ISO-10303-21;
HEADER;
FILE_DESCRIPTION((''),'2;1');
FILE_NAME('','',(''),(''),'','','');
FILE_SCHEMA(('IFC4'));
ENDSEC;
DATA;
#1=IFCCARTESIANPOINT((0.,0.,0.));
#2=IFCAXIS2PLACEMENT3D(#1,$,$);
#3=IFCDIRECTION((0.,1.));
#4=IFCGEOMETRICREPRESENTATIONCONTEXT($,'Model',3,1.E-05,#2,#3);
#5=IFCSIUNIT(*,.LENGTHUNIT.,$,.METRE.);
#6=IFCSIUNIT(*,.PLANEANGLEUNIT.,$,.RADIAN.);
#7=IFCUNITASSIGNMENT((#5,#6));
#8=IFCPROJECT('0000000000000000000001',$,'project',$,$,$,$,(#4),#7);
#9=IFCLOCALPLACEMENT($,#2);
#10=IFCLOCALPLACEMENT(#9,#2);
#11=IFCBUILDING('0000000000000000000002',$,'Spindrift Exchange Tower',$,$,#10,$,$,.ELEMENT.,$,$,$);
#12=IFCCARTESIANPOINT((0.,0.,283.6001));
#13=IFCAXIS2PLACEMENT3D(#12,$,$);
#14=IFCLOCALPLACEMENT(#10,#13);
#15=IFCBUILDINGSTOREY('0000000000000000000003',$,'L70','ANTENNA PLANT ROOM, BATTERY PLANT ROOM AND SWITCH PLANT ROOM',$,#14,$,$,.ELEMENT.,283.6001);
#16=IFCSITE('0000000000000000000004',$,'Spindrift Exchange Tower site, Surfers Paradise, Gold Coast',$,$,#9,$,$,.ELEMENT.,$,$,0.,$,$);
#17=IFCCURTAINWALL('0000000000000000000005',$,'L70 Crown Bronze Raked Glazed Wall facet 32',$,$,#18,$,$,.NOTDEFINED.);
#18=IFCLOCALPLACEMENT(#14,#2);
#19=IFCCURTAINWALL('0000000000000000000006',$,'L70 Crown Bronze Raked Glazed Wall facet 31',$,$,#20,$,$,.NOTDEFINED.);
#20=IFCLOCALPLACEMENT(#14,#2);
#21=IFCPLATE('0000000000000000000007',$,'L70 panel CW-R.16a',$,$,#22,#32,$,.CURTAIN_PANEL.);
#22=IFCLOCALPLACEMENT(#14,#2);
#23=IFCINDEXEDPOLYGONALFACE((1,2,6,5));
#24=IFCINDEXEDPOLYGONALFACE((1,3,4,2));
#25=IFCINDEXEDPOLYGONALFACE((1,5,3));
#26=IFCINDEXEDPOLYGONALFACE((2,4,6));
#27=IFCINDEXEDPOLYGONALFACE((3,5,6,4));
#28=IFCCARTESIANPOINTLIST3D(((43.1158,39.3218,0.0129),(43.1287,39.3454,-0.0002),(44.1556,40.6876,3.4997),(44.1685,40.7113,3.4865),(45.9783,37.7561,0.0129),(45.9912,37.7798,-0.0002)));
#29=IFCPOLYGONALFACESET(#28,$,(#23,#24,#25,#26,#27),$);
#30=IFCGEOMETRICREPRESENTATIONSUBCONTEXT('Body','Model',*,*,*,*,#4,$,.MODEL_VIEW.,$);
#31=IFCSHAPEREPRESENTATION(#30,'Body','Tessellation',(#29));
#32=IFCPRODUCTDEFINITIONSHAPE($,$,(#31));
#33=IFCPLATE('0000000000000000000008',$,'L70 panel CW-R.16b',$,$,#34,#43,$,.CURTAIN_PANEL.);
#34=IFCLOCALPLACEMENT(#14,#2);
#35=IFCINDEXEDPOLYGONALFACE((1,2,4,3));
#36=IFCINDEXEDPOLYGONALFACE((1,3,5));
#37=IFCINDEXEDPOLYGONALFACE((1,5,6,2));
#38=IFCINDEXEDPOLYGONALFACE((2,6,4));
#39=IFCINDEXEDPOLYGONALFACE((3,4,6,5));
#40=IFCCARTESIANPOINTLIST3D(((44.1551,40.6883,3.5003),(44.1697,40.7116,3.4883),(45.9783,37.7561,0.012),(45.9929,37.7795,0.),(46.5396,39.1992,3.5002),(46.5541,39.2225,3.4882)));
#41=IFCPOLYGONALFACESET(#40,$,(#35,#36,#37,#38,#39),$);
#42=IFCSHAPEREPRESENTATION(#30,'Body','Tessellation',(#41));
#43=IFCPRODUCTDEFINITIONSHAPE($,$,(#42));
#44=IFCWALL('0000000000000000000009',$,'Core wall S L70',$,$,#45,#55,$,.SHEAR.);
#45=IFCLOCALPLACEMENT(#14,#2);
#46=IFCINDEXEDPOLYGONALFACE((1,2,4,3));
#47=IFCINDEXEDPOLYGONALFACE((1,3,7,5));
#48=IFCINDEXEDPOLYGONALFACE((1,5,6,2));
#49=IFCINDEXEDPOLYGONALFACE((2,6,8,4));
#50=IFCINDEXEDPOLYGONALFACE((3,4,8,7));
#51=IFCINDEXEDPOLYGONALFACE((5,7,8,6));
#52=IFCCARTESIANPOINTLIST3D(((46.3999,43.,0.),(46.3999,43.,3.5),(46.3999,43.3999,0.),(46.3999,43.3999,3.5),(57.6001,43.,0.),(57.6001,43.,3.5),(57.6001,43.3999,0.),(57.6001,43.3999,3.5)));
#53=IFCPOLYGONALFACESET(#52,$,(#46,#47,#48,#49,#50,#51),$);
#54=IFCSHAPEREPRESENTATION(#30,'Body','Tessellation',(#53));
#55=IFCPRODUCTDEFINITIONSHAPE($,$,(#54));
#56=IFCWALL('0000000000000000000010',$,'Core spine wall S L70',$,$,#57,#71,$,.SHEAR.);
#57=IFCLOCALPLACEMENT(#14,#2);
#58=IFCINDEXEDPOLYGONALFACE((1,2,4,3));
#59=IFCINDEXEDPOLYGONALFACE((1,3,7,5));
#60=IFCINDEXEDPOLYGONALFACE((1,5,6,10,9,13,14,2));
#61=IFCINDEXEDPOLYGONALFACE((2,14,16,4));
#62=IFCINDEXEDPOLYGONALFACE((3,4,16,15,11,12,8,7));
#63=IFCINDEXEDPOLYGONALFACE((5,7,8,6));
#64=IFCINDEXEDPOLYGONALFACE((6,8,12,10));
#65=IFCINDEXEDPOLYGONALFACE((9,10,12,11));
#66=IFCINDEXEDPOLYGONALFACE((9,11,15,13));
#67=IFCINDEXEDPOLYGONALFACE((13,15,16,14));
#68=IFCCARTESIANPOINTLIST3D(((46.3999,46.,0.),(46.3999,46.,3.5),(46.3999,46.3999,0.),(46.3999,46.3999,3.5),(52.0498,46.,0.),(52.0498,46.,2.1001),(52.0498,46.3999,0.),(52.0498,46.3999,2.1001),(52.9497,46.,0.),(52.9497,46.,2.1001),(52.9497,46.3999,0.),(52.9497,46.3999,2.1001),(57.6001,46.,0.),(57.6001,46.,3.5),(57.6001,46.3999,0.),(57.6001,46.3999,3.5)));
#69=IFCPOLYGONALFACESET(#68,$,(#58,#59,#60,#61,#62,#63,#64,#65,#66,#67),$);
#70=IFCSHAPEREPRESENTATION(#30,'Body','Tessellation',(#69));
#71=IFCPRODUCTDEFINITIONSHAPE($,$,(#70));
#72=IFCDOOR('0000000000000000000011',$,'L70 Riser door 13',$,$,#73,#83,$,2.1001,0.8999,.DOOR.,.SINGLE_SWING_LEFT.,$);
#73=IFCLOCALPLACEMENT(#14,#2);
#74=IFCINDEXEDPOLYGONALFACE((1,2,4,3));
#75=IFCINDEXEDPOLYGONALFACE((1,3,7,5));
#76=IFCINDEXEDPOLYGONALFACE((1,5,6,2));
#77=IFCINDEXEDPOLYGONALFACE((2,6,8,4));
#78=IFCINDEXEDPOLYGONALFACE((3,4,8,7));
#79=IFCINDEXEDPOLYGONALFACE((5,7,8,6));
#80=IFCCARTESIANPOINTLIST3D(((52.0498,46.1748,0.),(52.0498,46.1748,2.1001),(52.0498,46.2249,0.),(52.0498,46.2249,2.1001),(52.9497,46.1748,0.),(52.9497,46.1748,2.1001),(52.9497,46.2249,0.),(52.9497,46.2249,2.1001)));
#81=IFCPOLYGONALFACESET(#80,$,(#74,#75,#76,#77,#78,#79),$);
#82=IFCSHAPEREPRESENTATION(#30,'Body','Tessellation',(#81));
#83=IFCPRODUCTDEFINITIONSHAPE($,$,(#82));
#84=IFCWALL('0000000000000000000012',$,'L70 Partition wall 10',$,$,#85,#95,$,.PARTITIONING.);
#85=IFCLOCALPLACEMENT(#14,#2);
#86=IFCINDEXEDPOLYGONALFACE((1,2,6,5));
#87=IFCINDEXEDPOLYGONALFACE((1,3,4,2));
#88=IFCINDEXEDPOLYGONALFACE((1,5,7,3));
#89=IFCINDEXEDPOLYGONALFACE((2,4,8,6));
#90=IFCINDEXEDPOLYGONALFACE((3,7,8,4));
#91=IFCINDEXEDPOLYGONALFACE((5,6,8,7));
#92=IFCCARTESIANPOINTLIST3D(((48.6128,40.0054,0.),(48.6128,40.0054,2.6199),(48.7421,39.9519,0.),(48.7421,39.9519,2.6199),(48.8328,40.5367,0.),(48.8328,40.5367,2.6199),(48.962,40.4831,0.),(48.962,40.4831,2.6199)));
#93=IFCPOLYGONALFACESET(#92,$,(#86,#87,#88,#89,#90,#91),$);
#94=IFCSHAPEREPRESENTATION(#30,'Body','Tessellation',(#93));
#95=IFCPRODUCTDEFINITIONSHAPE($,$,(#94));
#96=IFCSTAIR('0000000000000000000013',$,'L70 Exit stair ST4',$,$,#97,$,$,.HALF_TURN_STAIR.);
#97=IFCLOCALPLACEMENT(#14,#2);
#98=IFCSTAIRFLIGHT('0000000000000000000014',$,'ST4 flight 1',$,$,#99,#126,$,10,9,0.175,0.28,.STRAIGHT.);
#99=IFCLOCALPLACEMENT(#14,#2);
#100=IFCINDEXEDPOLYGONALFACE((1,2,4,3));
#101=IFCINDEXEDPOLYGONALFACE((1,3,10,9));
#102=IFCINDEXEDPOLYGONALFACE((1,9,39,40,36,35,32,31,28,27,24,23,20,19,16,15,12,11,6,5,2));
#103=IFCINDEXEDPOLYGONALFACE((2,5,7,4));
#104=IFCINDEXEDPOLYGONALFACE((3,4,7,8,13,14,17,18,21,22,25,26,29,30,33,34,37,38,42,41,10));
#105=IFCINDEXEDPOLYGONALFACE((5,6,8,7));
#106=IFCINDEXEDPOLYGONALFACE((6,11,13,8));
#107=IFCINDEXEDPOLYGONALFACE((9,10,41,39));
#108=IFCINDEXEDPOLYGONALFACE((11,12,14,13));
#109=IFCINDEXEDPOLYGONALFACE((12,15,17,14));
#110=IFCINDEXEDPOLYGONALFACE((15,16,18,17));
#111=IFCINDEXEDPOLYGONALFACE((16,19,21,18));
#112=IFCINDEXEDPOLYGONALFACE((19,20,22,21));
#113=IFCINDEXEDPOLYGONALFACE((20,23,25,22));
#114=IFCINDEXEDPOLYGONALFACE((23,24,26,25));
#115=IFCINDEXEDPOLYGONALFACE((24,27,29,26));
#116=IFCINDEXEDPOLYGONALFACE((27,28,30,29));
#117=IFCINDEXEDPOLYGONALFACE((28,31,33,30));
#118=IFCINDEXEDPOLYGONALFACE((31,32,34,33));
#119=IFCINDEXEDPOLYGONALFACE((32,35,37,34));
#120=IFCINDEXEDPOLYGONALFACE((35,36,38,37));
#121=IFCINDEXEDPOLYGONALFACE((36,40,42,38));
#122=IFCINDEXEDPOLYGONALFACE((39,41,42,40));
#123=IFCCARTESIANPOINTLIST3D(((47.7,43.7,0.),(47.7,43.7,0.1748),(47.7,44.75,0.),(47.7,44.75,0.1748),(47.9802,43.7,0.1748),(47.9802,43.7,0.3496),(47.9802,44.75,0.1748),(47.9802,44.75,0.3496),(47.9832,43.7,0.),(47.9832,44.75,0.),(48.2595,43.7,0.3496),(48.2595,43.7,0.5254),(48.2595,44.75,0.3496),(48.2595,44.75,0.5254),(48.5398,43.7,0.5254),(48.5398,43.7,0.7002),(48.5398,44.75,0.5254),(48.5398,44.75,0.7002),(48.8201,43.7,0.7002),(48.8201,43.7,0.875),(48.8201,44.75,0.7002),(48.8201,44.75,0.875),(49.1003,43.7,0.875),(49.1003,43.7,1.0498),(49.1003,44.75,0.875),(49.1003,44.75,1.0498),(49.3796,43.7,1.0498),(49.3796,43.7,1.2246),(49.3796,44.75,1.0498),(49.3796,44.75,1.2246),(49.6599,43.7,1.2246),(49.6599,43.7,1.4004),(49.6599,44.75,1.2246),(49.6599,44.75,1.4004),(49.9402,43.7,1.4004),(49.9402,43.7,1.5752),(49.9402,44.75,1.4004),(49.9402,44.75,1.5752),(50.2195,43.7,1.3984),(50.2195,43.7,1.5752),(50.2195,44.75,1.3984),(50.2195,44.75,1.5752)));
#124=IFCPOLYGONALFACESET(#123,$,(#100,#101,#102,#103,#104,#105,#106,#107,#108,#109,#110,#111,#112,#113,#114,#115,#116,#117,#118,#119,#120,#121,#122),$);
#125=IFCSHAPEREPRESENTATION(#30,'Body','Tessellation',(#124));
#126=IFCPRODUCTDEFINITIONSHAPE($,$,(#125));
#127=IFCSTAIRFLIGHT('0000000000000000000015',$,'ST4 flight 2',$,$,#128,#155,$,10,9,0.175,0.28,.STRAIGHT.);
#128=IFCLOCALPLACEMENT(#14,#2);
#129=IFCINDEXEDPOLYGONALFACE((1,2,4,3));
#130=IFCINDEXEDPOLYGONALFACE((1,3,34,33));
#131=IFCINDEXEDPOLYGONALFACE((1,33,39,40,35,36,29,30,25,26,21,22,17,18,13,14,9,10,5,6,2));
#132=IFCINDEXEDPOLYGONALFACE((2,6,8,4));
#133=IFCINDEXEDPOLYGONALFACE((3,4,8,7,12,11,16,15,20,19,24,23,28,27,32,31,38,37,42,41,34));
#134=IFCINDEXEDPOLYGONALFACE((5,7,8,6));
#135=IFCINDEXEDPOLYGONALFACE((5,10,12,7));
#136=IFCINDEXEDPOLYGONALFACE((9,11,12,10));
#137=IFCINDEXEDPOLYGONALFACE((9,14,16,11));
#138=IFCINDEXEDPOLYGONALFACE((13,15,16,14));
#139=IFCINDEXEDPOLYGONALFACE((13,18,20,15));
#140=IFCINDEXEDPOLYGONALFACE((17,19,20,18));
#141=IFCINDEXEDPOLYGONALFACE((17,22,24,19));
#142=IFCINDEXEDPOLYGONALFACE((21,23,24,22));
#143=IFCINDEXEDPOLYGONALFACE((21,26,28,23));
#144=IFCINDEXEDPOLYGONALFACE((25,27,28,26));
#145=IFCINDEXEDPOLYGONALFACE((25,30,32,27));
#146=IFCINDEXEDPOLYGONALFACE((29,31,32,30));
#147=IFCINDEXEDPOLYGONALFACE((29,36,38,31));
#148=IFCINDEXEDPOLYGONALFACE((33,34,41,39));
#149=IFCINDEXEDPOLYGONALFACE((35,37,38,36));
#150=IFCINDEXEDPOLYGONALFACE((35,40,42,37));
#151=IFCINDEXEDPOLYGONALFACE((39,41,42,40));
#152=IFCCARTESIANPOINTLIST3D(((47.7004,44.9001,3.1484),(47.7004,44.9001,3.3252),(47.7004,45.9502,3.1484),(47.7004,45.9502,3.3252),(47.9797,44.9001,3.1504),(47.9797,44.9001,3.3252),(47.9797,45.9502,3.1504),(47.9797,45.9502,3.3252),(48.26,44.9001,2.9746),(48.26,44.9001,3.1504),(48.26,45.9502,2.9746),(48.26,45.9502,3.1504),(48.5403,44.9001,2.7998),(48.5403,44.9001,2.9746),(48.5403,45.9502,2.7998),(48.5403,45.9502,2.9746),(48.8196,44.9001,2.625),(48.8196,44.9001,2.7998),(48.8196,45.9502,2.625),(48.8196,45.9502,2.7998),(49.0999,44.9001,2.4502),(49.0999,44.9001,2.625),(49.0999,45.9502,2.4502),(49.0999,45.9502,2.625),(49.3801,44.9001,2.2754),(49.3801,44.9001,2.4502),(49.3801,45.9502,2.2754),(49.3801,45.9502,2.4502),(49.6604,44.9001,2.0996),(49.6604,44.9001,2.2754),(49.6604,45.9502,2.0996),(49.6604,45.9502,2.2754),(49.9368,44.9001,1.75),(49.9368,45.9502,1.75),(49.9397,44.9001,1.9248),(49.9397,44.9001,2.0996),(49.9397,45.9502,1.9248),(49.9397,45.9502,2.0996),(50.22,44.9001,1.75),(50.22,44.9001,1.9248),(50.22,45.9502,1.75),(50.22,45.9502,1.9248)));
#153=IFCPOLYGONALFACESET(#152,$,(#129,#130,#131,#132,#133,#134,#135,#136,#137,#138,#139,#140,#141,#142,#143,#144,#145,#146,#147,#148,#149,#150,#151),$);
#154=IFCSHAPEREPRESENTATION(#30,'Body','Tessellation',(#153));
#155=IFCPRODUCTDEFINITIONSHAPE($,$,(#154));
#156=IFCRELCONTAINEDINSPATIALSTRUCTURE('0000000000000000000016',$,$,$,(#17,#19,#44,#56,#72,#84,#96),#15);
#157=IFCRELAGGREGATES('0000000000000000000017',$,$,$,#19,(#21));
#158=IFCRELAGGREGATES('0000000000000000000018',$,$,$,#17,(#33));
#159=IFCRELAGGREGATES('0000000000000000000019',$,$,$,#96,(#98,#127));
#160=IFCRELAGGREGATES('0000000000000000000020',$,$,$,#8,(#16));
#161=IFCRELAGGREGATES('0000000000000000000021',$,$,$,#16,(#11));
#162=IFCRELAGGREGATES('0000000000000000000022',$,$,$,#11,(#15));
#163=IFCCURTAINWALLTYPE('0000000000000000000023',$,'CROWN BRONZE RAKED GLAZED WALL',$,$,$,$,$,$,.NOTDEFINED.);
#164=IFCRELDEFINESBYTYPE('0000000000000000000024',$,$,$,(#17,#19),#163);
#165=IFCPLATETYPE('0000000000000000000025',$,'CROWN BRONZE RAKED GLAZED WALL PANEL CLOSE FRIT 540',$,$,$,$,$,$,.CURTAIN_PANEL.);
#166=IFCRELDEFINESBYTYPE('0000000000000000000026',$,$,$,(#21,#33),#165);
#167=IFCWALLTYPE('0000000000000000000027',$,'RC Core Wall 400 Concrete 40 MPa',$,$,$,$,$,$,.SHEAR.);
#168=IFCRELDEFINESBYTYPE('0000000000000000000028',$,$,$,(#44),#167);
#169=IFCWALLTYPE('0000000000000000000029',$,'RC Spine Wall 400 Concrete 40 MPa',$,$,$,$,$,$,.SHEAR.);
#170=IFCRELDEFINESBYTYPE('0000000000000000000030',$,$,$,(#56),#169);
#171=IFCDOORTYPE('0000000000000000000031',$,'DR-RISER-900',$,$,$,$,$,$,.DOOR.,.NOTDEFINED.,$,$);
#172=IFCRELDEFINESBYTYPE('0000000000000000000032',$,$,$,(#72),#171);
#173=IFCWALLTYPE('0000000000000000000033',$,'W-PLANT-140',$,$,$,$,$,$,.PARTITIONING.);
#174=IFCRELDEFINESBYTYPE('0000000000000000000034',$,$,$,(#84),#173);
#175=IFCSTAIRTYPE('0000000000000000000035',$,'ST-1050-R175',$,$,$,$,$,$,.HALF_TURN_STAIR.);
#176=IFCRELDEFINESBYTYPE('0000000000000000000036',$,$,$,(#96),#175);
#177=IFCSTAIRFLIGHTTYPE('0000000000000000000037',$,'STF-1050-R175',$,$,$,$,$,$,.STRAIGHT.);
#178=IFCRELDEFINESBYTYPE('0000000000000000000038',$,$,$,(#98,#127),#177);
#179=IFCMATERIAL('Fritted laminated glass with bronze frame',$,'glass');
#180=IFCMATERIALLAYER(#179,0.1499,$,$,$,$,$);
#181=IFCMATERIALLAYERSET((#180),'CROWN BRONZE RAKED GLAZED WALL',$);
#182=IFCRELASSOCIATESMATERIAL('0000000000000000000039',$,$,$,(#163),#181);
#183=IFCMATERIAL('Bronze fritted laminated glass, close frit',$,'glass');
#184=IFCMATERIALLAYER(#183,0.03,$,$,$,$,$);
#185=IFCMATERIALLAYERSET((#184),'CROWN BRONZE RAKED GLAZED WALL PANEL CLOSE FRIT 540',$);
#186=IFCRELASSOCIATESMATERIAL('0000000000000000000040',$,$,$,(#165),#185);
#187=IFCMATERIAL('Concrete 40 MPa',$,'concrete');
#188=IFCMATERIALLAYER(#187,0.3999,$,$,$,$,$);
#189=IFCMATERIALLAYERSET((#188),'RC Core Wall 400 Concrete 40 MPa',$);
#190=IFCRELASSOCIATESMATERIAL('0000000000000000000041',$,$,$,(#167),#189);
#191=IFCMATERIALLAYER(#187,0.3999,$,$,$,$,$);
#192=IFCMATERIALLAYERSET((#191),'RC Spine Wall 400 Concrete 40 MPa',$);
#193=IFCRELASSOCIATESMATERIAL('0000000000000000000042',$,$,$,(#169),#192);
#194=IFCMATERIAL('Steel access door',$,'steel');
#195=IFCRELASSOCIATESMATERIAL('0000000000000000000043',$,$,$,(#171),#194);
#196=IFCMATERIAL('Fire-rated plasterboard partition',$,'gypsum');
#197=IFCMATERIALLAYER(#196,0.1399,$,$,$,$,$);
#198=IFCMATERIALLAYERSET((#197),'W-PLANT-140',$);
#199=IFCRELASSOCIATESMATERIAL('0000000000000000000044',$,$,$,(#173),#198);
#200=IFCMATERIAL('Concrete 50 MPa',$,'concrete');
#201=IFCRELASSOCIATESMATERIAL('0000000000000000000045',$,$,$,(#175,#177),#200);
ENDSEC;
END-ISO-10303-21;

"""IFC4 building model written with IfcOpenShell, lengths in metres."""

from ifc_helpers import new_model, si_unit, direction, frame, frame_2d, origin, place, context, subcontext, project, spatial, line, indexed_curve, rectangle, outline, extrude, source, transform, mapped, material, layer, layer_set, type_object, element, fill, aggregate, save


model = new_model("IFC4")

# Units and contexts
model_context = context("Model", 3, precision=1e-05, world=origin(), true_north=direction((0.0, 1.0)))
body_context = subcontext(model_context, "Body", "Model", "MODEL_VIEW")
ifc_project = project(units=[si_unit("LENGTHUNIT", "METRE"), si_unit("PLANEANGLEUNIT", "RADIAN")], contexts=[model_context])

# Site, building, storey
site_placement = place(None, origin())
site = spatial("IfcSite", under=ifc_project, at=site_placement, Name="Spindrift Exchange Tower site, Surfers Paradise, Gold Coast", CompositionType="ELEMENT", RefElevation=0.0)
building_placement = place(site_placement, origin())
building = spatial("IfcBuilding", under=site, at=building_placement, Name="Spindrift Exchange Tower", CompositionType="ELEMENT")
storey_placement = place(building_placement, frame((0.0, 0.0, 283.6001)))
storey = spatial("IfcBuildingStorey", under=building, at=storey_placement, Name="L70", Description="ANTENNA PLANT ROOM, BATTERY PLANT ROOM AND SWITCH PLANT ROOM", CompositionType="ELEMENT", Elevation=283.6001)

# Shared definitions
ifc_material_1 = material(Name="Concrete 40 MPa", Category="concrete")

# Curtain wall
ifc_material_2 = material(Name="Fritted laminated glass with bronze frame", Category="glass")
ifc_layer_1 = layer(ifc_material_2, 0.1499)
ifc_layer_set_1 = layer_set([ifc_layer_1], Name="CROWN BRONZE RAKED GLAZED WALL")
curtain_wall_type = type_object("IfcCurtainWallType", Name="CROWN BRONZE RAKED GLAZED WALL", PredefinedType="NOTDEFINED", material=ifc_layer_set_1)
curtain_wall_1_placement = place(storey_placement, origin())
curtain_wall_1 = element("IfcCurtainWall", 1, at=curtain_wall_1_placement, inside=storey, type_object=curtain_wall_type, Name="L70 Crown Bronze Raked Glazed Wall facet 32", PredefinedType="NOTDEFINED")

# Shared definitions
ifc_material_3 = material(Name="Bronze fritted laminated glass, close frit", Category="glass")

# Curtain wall, plate
curtain_wall_2_placement = place(storey_placement, origin())
curtain_wall_2 = element("IfcCurtainWall", 2, at=curtain_wall_2_placement, inside=storey, type_object=curtain_wall_type, Name="L70 Crown Bronze Raked Glazed Wall facet 31", PredefinedType="NOTDEFINED")
ifc_layer_2 = layer(ifc_material_3, 0.03)
ifc_layer_set_2 = layer_set([ifc_layer_2], Name="CROWN BRONZE RAKED GLAZED WALL PANEL CLOSE FRIT 540")
plate_type_1 = type_object("IfcPlateType", Name="CROWN BRONZE RAKED GLAZED WALL PANEL CLOSE FRIT 540", PredefinedType="CURTAIN_PANEL", material=ifc_layer_set_2)
plate_1_placement = place(storey_placement, frame((45.9783, 37.7561, 0.0129), z_axis=(-0.431458, -0.788842, 0.437689), x_axis=(-0.877343, 0.479864, 0.0)))
plate_1 = element("IfcPlate", 3, at=plate_1_placement, type_object=plate_type_1, Name="L70 panel CW-R.16a", PredefinedType="CURTAIN_PANEL", context=body_context, shape_type="SweptSolid", body=[
    extrude(outline(indexed_curve([(0.0, 0.0), (3.2627, 0.0), (3.0059, -3.8779)], segments=[line(1, 2, 3, 1)], self_intersect=False)), origin(), (0.0, 0.0, -1.0), 0.03),
])
aggregate(curtain_wall_2, [plate_1])

# Plate
plate_2_placement = place(storey_placement, frame((45.9783, 37.7561, 0.012), z_axis=(-0.485514, -0.777475, 0.39976), x_axis=(-0.371456, 0.597403, 0.710725)))
plate_2 = element("IfcPlate", 4, at=plate_2_placement, type_object=plate_type_1, Name="L70 panel CW-R.16b", PredefinedType="CURTAIN_PANEL", context=body_context, shape_type="SweptSolid", body=[
    extrude(outline(indexed_curve([(0.0, 0.0), (4.9082, 0.0), (3.1328, -2.1797)], segments=[line(1, 2, 3, 1)], self_intersect=False)), origin(), (0.0, 0.0, -1.0), 0.03),
])
aggregate(curtain_wall_1, [plate_2])

# Wall
ifc_layer_3 = layer(ifc_material_1, 0.3999)
ifc_layer_set_3 = layer_set([ifc_layer_3], Name="RC Core Wall 400 Concrete 40 MPa")
wall_type_1 = type_object("IfcWallType", Name="RC Core Wall 400 Concrete 40 MPa", PredefinedType="SHEAR", material=ifc_layer_set_3)
wall_1_placement = place(storey_placement, frame((46.3999, 43.2, 0.0), z_axis=(0.0, 0.0, 1.0), x_axis=(1.0, 0.0, 0.0)))
element("IfcWall", 5, at=wall_1_placement, inside=storey, type_object=wall_type_1, Name="Core wall S L70", PredefinedType="SHEAR", context=body_context, shape_type="SweptSolid", body=[
    extrude(rectangle(XDim=11.2002, YDim=0.3999, at=frame_2d((5.6001, 0.0))), origin(), (0.0, 0.0, 1.0), 3.5),
])

# Wall, opening, door
ifc_layer_4 = layer(ifc_material_1, 0.3999)
ifc_layer_set_4 = layer_set([ifc_layer_4], Name="RC Spine Wall 400 Concrete 40 MPa")
wall_type_2 = type_object("IfcWallType", Name="RC Spine Wall 400 Concrete 40 MPa", PredefinedType="SHEAR", material=ifc_layer_set_4)
wall_2_placement = place(storey_placement, frame((46.3999, 46.2, 0.0), z_axis=(0.0, 0.0, 1.0), x_axis=(1.0, 0.0, 0.0)))
wall_2 = element("IfcWall", 6, at=wall_2_placement, inside=storey, type_object=wall_type_2, Name="Core spine wall S L70", PredefinedType="SHEAR", context=body_context, shape_type="SweptSolid", body=[
    extrude(rectangle(XDim=11.2002, YDim=0.3999, at=frame_2d((5.6001, 0.0))), origin(), (0.0, 0.0, 1.0), 3.5),
])
opening_placement = place(wall_2_placement, frame((5.6499, 0.0, 0.0)))
opening = element("IfcOpeningElement", 7, at=opening_placement, cuts=wall_2, PredefinedType="OPENING", context=body_context, shape_type="SweptSolid", body=[
    extrude(rectangle(XDim=0.8999, YDim=2.1001, at=frame_2d((0.45, 1.05))), frame((0.0, 0.21, 0.0), z_axis=(0.0, -1.0, 0.0), x_axis=(1.0, 0.0, 0.0)), (0.0, 0.0, 1.0), 0.4199),
])
ifc_material_4 = material(Name="Steel access door", Category="steel")
door_type = type_object("IfcDoorType", Name="DR-RISER-900", OperationType="NOTDEFINED", PredefinedType="DOOR", material=ifc_material_4)
shared_shape_1 = source(origin(), body_context, "Body", "SweptSolid", [
    extrude(rectangle(XDim=0.8999, YDim=2.1001, at=frame_2d((0.45, 1.05))), frame((0.0, 0.0249, 0.0), z_axis=(0.0, -1.0, 0.0), x_axis=(1.0, 0.0, 0.0)), (0.0, 0.0, 1.0), 0.05),
])
door_placement = place(opening_placement, origin())
door = element("IfcDoor", 8, at=door_placement, inside=storey, type_object=door_type, Name="L70 Riser door 13", OperationType="SINGLE_SWING_LEFT", OverallHeight=2.1001, OverallWidth=0.8999, PredefinedType="DOOR", context=body_context, shape_type="MappedRepresentation", body=[
    mapped(shared_shape_1, transform((0.0, 0.0, 0.0), scale=1.0)),
])
fill(opening, door)

# Wall
ifc_material_5 = material(Name="Fire-rated plasterboard partition", Category="gypsum")
ifc_layer_5 = layer(ifc_material_5, 0.1399)
ifc_layer_set_5 = layer_set([ifc_layer_5], Name="W-PLANT-140")
wall_type_3 = type_object("IfcWallType", Name="W-PLANT-140", PredefinedType="PARTITIONING", material=ifc_layer_set_5)
wall_3_placement = place(storey_placement, frame((48.8975, 40.51, 0.0), z_axis=(0.0, 0.0, 1.0), x_axis=(-0.382564, -0.923929, 0.0)))
element("IfcWall", 9, at=wall_3_placement, inside=storey, type_object=wall_type_3, Name="L70 Partition wall 10", PredefinedType="PARTITIONING", context=body_context, shape_type="SweptSolid", body=[
    extrude(rectangle(XDim=0.575, YDim=0.1399, at=frame_2d((0.2876, 0.0))), origin(), (0.0, 0.0, 1.0), 2.6199),
])

# Stair, stair flights
ifc_material_6 = material(Name="Concrete 50 MPa", Category="concrete")
stair_type = type_object("IfcStairType", Name="ST-1050-R175", PredefinedType="HALF_TURN_STAIR", material=ifc_material_6)
stair_placement = place(storey_placement, origin())
stair = element("IfcStair", 10, at=stair_placement, inside=storey, type_object=stair_type, Name="L70 Exit stair ST4", PredefinedType="HALF_TURN_STAIR")
stair_flight_type = type_object("IfcStairFlightType", Name="STF-1050-R175", PredefinedType="STRAIGHT", material=ifc_material_6)
stair_flight_1_placement = place(storey_placement, frame((47.7, 44.2251, 0.0), z_axis=(0.0, 0.0, 1.0), x_axis=(1.0, 0.0, 0.0)))
stair_flight_1 = element("IfcStairFlight", 11, at=stair_flight_1_placement, type_object=stair_flight_type, Name="ST4 flight 1", NumberOfRisers=10, NumberOfTreads=9, PredefinedType="STRAIGHT", RiserHeight=0.175, TreadLength=0.28, context=body_context, shape_type="SweptSolid", body=[
    extrude(outline(indexed_curve([(0.0, 0.0), (0.0, 0.1748), (0.2803, 0.1748), (0.2803, 0.3496), (0.5596, 0.3496), (0.5596, 0.5254), (0.8398, 0.5254), (0.8398, 0.7002), (1.1201, 0.7002), (1.1201, 0.875), (1.4004, 0.875), (1.4004, 1.0498), (1.6797, 1.0498), (1.6797, 1.2246), (1.96, 1.2246), (1.96, 1.4004), (2.2402, 1.4004), (2.2402, 1.5752), (2.5195, 1.5752), (2.5195, 1.75), (2.5195, 1.3984), (0.2832, 0.0)], segments=[line(1, 2, 3, 4, 5, 6, 7, 8, 9, 10, 11, 12, 13, 14, 15, 16, 17, 18, 19, 20, 21, 22, 1)], self_intersect=False)), frame((0.0, 0.5249, 0.0), z_axis=(0.0, -1.0, 0.0), x_axis=(1.0, 0.0, 0.0)), (0.0, 0.0, 1.0), 1.05),
])
stair_flight_2_placement = place(storey_placement, frame((50.22, 45.425, 1.75), z_axis=(0.0, 0.0, 1.0), x_axis=(-1.0, 0.0, 0.0)))
stair_flight_2 = element("IfcStairFlight", 12, at=stair_flight_2_placement, type_object=stair_flight_type, Name="ST4 flight 2", NumberOfRisers=10, NumberOfTreads=9, PredefinedType="STRAIGHT", RiserHeight=0.175, TreadLength=0.28, context=body_context, shape_type="SweptSolid", body=[
    extrude(outline(indexed_curve([(0.0, 0.0), (0.0, 0.1748), (0.2803, 0.1748), (0.2803, 0.3496), (0.5596, 0.3496), (0.5596, 0.5254), (0.8398, 0.5254), (0.8398, 0.7002), (1.1201, 0.7002), (1.1201, 0.875), (1.4004, 0.875), (1.4004, 1.0498), (1.6797, 1.0498), (1.6797, 1.2246), (1.96, 1.2246), (1.96, 1.4004), (2.2402, 1.4004), (2.2402, 1.5752), (2.5195, 1.5752), (2.5195, 1.75), (2.5195, 1.3984), (0.2832, 0.0)], segments=[line(1, 2, 3, 4, 5, 6, 7, 8, 9, 10, 11, 12, 13, 14, 15, 16, 17, 18, 19, 20, 21, 22, 1)], self_intersect=False)), frame((0.0, 0.5249, 0.0), z_axis=(0.0, -1.0, 0.0), x_axis=(1.0, 0.0, 0.0)), (0.0, 0.0, 1.0), 1.05),
])
aggregate(stair, [stair_flight_1, stair_flight_2])

save(model, "model.ifc")
